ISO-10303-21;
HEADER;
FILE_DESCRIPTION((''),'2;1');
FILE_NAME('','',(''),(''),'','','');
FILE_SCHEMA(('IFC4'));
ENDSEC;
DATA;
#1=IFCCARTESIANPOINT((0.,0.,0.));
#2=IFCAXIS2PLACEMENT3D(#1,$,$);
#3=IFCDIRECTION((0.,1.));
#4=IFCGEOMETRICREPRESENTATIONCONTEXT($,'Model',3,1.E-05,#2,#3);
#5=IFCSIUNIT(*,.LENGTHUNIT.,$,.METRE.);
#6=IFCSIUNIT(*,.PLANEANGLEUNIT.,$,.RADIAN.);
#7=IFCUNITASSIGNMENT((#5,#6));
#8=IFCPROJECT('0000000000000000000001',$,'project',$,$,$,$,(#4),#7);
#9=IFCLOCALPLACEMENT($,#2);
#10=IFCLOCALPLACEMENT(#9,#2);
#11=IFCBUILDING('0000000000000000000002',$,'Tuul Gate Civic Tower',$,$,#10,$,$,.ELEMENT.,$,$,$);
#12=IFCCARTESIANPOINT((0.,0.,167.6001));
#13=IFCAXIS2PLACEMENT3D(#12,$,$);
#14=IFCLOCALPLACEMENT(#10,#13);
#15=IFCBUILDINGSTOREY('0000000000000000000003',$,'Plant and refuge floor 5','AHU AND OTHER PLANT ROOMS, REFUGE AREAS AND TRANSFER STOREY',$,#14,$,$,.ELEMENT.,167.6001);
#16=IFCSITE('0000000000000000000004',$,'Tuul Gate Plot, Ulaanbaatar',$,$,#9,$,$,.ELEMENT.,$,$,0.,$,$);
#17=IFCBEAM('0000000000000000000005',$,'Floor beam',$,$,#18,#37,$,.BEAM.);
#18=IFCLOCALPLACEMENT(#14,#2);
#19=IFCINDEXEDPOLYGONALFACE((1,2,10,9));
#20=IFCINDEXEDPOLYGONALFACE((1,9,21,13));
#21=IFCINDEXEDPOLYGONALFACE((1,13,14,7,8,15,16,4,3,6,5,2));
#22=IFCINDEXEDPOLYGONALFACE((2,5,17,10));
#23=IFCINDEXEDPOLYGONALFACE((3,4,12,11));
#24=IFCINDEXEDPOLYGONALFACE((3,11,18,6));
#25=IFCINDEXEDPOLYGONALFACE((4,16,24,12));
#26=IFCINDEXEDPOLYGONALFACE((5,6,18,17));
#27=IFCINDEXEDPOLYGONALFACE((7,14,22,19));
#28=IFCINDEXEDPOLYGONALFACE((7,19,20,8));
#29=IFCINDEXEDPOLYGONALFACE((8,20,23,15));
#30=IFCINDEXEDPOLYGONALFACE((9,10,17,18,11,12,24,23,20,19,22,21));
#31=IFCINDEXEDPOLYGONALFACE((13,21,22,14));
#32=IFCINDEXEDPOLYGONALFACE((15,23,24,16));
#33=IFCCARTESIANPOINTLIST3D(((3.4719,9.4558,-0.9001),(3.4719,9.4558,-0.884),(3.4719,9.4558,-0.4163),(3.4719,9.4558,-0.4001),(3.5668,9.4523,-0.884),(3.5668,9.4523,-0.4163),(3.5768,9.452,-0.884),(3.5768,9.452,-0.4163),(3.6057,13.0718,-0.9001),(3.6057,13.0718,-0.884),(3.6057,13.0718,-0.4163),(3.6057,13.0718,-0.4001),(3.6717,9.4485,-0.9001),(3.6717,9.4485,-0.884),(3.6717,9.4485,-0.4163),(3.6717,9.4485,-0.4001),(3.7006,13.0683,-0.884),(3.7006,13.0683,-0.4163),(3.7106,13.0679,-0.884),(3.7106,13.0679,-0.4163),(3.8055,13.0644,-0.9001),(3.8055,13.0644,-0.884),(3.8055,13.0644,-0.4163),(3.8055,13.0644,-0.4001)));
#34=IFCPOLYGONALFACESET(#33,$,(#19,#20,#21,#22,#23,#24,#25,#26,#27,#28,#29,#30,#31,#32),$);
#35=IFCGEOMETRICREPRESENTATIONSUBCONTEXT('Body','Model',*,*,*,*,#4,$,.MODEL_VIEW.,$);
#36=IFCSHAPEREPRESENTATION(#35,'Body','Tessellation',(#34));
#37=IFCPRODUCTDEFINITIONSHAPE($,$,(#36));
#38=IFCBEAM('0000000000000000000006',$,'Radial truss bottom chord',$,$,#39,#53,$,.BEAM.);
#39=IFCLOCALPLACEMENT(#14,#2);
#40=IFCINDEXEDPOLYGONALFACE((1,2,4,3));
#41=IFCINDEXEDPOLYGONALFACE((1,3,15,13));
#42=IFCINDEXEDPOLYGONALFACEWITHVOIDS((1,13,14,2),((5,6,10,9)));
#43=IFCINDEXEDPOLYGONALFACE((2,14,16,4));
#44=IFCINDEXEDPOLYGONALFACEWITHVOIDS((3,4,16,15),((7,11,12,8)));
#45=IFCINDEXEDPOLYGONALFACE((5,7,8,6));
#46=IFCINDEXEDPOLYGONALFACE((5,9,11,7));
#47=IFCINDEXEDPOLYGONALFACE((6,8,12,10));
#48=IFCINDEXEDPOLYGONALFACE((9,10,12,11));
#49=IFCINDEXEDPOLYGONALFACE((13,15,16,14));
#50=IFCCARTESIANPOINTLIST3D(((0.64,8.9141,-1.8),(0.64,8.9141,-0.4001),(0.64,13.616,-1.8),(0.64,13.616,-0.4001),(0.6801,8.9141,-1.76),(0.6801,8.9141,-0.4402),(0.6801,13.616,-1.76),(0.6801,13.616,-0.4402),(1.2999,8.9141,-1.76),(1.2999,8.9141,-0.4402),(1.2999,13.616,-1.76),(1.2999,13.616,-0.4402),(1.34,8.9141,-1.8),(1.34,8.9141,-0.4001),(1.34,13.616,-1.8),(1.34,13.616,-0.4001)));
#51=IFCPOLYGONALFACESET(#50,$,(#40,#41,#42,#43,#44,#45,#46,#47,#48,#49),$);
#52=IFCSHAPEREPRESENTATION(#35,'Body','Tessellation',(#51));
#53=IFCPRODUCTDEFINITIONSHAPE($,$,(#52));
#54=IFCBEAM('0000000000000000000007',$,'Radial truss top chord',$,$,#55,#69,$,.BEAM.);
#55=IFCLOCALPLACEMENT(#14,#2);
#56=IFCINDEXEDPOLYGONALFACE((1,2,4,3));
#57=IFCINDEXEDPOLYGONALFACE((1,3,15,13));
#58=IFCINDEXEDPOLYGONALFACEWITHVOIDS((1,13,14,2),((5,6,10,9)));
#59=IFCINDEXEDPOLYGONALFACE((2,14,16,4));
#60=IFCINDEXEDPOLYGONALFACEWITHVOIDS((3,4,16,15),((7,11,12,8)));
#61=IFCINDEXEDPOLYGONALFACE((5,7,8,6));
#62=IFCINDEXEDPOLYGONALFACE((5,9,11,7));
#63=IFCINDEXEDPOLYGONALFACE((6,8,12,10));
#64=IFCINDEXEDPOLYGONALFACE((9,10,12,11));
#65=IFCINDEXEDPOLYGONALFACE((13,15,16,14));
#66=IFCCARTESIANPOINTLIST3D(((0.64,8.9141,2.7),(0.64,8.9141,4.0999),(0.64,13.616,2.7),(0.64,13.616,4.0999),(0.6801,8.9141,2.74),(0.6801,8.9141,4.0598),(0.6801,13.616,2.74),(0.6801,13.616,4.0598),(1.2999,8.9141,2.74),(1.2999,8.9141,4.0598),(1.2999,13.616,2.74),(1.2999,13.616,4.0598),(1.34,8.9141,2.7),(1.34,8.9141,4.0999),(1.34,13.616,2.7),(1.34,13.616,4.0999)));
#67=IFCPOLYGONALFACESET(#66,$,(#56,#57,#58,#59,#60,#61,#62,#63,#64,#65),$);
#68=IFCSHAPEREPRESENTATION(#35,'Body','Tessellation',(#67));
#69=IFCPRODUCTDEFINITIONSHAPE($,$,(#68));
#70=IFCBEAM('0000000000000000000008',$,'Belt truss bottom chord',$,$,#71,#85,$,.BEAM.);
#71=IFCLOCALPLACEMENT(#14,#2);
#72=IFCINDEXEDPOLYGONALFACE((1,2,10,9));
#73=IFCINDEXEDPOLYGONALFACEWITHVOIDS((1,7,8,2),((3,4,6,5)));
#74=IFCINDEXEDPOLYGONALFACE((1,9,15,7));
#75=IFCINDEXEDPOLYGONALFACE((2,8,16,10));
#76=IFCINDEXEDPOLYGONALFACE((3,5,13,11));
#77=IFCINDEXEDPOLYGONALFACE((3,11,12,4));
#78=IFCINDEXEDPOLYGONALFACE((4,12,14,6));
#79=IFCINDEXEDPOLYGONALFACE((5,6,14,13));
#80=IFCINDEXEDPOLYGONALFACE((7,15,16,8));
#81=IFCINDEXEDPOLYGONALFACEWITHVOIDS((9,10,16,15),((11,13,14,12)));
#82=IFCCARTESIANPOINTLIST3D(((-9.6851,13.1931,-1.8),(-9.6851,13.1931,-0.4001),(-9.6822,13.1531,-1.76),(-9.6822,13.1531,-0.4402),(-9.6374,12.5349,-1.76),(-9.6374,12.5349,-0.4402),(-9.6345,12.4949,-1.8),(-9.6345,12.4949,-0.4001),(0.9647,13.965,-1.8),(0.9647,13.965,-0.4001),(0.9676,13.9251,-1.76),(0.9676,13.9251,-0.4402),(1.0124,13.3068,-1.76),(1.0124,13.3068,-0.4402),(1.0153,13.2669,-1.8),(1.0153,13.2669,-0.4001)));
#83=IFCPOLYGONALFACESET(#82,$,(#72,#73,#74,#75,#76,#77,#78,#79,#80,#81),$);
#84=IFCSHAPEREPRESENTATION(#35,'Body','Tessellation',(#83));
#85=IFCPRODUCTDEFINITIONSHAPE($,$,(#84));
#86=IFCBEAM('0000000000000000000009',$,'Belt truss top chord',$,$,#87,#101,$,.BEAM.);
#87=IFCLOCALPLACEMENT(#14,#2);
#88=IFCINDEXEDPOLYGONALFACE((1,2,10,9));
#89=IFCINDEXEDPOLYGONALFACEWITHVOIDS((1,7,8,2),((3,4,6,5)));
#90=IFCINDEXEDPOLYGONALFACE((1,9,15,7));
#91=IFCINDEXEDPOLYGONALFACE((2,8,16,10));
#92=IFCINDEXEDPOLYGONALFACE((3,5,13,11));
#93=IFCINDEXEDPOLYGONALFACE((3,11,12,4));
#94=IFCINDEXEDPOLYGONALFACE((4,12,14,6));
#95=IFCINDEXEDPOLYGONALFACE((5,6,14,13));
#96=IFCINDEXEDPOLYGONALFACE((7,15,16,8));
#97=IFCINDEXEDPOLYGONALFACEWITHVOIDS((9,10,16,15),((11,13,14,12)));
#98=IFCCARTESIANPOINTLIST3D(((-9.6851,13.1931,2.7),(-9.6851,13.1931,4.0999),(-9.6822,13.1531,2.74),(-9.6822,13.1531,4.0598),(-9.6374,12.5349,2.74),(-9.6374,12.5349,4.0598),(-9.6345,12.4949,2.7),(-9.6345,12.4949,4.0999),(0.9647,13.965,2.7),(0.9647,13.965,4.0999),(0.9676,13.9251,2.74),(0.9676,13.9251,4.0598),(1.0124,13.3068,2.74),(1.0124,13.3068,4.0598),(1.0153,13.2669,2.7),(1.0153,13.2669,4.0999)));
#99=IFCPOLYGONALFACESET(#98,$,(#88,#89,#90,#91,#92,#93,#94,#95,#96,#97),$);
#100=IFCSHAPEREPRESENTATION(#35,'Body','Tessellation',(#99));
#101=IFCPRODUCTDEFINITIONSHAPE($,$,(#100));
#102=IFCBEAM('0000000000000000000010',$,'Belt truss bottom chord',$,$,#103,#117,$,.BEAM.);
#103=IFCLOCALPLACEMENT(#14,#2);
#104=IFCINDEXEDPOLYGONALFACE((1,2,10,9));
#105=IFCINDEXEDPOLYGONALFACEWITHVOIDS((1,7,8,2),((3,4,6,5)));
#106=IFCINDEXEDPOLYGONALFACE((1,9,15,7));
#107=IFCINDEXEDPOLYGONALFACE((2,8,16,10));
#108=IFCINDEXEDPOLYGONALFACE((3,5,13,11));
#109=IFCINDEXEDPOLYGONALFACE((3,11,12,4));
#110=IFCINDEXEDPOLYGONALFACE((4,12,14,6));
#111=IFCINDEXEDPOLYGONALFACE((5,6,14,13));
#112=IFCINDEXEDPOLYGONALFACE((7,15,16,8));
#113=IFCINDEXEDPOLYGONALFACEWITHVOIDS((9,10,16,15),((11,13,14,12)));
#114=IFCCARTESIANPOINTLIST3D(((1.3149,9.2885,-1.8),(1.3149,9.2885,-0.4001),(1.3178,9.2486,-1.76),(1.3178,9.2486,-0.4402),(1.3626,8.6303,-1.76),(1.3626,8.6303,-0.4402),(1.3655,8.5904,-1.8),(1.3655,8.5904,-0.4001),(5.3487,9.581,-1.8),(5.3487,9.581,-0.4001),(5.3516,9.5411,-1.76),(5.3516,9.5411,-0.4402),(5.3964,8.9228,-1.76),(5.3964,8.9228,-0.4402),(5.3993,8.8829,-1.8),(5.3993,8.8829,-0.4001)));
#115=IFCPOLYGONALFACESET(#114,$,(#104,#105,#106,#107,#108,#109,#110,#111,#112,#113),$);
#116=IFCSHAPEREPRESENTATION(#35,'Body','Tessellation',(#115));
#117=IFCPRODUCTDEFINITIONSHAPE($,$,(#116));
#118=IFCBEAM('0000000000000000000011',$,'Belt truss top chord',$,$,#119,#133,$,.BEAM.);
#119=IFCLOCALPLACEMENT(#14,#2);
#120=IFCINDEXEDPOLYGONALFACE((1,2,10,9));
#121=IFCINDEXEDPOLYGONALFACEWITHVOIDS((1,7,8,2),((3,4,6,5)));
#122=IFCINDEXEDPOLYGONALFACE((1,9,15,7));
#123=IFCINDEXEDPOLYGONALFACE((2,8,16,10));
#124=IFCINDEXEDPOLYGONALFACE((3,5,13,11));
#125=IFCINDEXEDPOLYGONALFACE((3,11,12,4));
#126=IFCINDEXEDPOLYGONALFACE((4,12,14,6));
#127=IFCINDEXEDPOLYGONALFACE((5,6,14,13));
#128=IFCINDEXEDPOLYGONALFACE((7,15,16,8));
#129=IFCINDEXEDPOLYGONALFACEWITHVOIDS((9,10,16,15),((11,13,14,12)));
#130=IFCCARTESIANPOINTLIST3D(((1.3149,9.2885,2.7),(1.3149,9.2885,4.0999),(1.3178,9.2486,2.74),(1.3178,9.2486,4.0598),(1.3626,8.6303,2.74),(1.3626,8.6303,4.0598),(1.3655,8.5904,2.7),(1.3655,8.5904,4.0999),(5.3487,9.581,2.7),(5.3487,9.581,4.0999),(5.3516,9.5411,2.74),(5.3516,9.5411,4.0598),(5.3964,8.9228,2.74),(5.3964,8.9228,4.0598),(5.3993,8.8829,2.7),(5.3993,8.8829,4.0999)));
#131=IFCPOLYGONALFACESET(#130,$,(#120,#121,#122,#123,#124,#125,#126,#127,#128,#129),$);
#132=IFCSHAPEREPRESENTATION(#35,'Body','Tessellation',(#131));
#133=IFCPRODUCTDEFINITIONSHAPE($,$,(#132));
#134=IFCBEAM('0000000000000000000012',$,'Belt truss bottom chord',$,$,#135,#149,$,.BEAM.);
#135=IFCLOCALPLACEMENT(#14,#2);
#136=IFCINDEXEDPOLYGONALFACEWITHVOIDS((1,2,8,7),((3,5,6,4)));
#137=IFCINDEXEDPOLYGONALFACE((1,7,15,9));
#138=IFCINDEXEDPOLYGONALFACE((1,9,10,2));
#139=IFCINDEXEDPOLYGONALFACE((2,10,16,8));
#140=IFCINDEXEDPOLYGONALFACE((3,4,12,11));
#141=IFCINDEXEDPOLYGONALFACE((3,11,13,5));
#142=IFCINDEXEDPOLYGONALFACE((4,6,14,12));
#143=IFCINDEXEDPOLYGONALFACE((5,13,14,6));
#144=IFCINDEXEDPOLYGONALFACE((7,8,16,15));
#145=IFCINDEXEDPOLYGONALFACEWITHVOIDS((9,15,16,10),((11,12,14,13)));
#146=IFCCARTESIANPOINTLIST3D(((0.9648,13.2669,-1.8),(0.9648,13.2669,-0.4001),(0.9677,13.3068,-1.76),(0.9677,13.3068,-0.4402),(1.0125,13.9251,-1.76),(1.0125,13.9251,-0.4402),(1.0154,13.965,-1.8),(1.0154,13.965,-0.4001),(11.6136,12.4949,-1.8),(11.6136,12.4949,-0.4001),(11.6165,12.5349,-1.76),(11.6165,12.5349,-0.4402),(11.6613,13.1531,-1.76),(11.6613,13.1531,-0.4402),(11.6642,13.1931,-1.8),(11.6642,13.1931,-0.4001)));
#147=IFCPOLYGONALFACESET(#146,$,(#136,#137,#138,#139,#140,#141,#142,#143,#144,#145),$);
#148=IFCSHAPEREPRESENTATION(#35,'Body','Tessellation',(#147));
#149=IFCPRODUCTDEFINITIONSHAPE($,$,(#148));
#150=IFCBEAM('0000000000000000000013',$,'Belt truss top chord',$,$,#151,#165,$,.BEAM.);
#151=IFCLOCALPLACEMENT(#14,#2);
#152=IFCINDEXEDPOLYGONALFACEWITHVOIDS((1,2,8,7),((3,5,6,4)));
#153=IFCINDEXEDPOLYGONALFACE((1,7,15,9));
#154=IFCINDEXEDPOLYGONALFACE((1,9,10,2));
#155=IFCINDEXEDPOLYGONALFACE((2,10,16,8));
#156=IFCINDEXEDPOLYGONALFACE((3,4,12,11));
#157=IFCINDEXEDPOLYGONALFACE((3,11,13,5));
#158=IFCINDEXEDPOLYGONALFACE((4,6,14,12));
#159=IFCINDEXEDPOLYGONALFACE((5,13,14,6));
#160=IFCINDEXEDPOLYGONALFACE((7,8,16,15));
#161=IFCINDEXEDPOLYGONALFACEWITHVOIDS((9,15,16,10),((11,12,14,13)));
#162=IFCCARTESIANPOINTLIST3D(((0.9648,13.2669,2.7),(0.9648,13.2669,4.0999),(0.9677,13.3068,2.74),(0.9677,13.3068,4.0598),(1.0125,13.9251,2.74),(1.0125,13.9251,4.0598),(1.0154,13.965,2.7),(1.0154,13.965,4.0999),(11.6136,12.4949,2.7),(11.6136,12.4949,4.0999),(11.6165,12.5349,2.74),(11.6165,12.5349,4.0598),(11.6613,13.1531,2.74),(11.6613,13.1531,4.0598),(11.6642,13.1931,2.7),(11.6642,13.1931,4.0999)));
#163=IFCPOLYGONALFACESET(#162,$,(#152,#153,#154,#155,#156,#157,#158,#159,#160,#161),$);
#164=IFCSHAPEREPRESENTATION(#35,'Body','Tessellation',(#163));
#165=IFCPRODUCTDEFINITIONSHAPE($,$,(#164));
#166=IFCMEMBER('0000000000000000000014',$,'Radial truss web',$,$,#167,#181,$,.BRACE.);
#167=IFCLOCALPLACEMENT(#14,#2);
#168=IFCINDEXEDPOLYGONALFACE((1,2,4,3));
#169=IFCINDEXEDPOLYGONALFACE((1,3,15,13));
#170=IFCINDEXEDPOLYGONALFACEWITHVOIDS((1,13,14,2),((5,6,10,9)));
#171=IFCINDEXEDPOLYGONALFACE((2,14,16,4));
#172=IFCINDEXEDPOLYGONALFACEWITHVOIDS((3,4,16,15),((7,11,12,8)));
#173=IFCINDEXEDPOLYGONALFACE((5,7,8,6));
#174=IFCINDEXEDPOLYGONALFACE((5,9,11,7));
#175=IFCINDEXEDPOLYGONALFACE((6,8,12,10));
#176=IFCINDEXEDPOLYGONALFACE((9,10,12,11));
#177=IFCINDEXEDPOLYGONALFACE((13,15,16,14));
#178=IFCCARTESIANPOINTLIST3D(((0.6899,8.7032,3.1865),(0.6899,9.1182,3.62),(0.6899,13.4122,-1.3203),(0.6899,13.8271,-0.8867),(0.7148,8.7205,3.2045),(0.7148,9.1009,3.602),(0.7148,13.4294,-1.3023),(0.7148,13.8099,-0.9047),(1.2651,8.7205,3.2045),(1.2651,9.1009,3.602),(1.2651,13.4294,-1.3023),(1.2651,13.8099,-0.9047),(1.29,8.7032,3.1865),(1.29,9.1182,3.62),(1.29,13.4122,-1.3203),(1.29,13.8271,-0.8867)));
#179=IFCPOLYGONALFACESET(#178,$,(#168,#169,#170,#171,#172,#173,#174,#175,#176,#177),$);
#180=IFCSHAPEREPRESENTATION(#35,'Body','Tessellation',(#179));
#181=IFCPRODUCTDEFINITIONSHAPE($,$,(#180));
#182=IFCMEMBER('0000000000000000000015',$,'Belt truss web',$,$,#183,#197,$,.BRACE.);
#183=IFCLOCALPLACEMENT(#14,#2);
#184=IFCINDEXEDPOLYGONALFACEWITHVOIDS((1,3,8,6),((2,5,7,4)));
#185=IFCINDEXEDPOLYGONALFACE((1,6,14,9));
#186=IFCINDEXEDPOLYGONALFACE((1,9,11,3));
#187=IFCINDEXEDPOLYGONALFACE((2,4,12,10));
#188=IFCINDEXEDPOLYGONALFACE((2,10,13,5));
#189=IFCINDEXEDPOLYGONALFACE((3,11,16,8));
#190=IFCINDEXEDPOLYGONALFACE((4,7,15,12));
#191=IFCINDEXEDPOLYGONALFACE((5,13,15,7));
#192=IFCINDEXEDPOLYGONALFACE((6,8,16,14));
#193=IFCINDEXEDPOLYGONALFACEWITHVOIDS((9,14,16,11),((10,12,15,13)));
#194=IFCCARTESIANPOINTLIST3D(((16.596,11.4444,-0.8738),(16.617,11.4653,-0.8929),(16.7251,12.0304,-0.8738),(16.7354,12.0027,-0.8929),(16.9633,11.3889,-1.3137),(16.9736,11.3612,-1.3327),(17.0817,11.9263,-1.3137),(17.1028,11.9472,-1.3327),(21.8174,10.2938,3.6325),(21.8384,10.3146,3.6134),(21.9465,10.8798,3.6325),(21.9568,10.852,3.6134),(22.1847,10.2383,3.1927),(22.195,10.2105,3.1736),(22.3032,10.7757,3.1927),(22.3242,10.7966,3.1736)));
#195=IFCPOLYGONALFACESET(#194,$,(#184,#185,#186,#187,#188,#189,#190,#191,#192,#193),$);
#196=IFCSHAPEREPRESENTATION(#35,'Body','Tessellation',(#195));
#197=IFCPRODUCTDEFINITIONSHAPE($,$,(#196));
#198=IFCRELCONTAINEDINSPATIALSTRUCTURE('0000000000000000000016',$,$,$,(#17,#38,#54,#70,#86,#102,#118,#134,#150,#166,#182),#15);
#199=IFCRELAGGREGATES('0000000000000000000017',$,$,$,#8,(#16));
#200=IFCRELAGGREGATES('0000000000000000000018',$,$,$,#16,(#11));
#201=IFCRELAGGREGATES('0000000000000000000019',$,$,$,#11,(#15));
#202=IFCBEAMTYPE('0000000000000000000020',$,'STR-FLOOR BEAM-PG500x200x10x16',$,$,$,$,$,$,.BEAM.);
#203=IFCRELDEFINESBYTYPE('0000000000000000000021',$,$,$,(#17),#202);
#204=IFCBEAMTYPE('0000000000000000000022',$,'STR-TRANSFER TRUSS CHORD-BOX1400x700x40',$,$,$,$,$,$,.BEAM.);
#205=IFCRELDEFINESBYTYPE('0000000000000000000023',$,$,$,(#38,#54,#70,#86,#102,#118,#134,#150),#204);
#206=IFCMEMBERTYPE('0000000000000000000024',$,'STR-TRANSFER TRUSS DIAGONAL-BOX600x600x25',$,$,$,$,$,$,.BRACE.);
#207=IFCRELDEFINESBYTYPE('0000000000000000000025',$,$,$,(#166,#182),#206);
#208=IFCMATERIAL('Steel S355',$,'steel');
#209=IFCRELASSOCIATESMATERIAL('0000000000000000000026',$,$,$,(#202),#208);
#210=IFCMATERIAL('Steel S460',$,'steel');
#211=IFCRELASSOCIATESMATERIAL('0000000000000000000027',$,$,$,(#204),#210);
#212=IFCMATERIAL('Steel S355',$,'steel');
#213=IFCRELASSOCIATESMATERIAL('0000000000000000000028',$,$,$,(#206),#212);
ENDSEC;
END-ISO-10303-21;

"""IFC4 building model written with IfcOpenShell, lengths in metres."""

from ifc_helpers import new_model, si_unit, direction, frame, origin, origin_2d, place, context, subcontext, project, spatial, hollow_rectangle, i_section, extrude, material, material_profile, profile_set, type_object, element, save


model = new_model("IFC4")

# Units and contexts
model_context = context("Model", 3, precision=1e-05, world=origin(), true_north=direction((0.0, 1.0)))
body_context = subcontext(model_context, "Body", "Model", "MODEL_VIEW")
ifc_project = project(units=[si_unit("LENGTHUNIT", "METRE"), si_unit("PLANEANGLEUNIT", "RADIAN")], contexts=[model_context])

# Site, building, storey
site_placement = place(None, origin())
site = spatial("IfcSite", under=ifc_project, at=site_placement, Name="Tuul Gate Plot, Ulaanbaatar", CompositionType="ELEMENT", RefElevation=0.0)
building_placement = place(site_placement, origin())
building = spatial("IfcBuilding", under=site, at=building_placement, Name="Tuul Gate Civic Tower", CompositionType="ELEMENT")
storey_placement = place(building_placement, frame((0.0, 0.0, 167.6001)))
storey = spatial("IfcBuildingStorey", under=building, at=storey_placement, Name="Plant and refuge floor 5", Description="AHU AND OTHER PLANT ROOMS, REFUGE AREAS AND TRANSFER STOREY", CompositionType="ELEMENT", Elevation=167.6001)

# Beams
ifc_material_1 = material(Name="Steel S355", Category="steel")
ifc_material_profile_1 = material_profile(ifc_material_1, i_section(OverallWidth=0.2, OverallDepth=0.5, WebThickness=0.01, FlangeThickness=0.0161, at=origin_2d()), Name="PG500x200x10x16")
ifc_profile_set_1 = profile_set([ifc_material_profile_1], Name="Steel S355")
beam_type_1 = type_object("IfcBeamType", Name="STR-FLOOR BEAM-PG500x200x10x16", PredefinedType="BEAM", material=ifc_profile_set_1)
beam_placement = place(storey_placement, frame((3.5718, 9.4521, -0.6501), z_axis=(0.036974, 0.999316, 0.0), x_axis=(-0.999316, 0.036974, 0.0)))
element("IfcBeam", 1, at=beam_placement, inside=storey, type_object=beam_type_1, Name="Floor beam", PredefinedType="BEAM", context=body_context, shape_type="SweptSolid", body=[
    extrude(i_section(OverallWidth=0.2, OverallDepth=0.5, WebThickness=0.01, FlangeThickness=0.0161, at=origin_2d()), origin(), (0.0, 0.0, 1.0), 3.6184),
])
ifc_material_2 = material(Name="Steel S460", Category="steel")
ifc_material_profile_2 = material_profile(ifc_material_2, hollow_rectangle(XDim=0.7, YDim=1.3999, WallThickness=0.04, at=origin_2d()), Name="BOX1400x700x40")
ifc_profile_set_2 = profile_set([ifc_material_profile_2], Name="Steel S460")
beam_type_2 = type_object("IfcBeamType", Name="STR-TRANSFER TRUSS CHORD-BOX1400x700x40", PredefinedType="BEAM", material=ifc_profile_set_2)
for number, where, z_axis, x_axis, name in (
    (2, (0.99, 13.616, -1.1001), (0.0, -1.0, 0.0), (1.0, 0.0, 0.0), "Radial truss bottom chord"),
    (3, (0.99, 13.616, 3.3999), (0.0, -1.0, 0.0), (1.0, 0.0, 0.0), "Radial truss top chord"),
):
    element("IfcBeam", number, at=place(storey_placement, frame(where, z_axis=z_axis, x_axis=x_axis)), inside=storey, type_object=beam_type_2, Name=name, PredefinedType="BEAM", context=body_context, shape_type="SweptSolid", body=[
        extrude(hollow_rectangle(XDim=0.7, YDim=1.3999, WallThickness=0.04, at=origin_2d()), origin(), (0.0, 0.0, 1.0), 4.7019),
    ])
for number, where, z_axis, x_axis, name in (
    (4, (0.99, 13.616, -1.1001), (-0.997383, -0.072297, 0.0), (0.072297, -0.997383, 0.0), "Belt truss bottom chord"),
    (5, (0.99, 13.616, 3.3999), (-0.997383, -0.072297, 0.0), (0.072297, -0.997383, 0.0), "Belt truss top chord"),
):
    element("IfcBeam", number, at=place(storey_placement, frame(where, z_axis=z_axis, x_axis=x_axis)), inside=storey, type_object=beam_type_2, Name=name, PredefinedType="BEAM", context=body_context, shape_type="SweptSolid", body=[
        extrude(hollow_rectangle(XDim=0.7, YDim=1.3999, WallThickness=0.04, at=origin_2d()), origin(), (0.0, 0.0, 1.0), 10.6777),
    ])
for number, where, z_axis, x_axis, name in (
    (6, (5.374, 9.2319, -1.1001), (-0.997382, -0.072315, 0.0), (0.072315, -0.997382, 0.0), "Belt truss bottom chord"),
    (7, (5.374, 9.2319, 3.3999), (-0.997382, -0.072315, 0.0), (0.072315, -0.997382, 0.0), "Belt truss top chord"),
):
    element("IfcBeam", number, at=place(storey_placement, frame(where, z_axis=z_axis, x_axis=x_axis)), inside=storey, type_object=beam_type_2, Name=name, PredefinedType="BEAM", context=body_context, shape_type="SweptSolid", body=[
        extrude(hollow_rectangle(XDim=0.7, YDim=1.3999, WallThickness=0.04, at=origin_2d()), origin(), (0.0, 0.0, 1.0), 4.0444),
    ])
for number, where, z_axis, x_axis, name in (
    (8, (11.6389, 12.844, -1.1001), (-0.997383, 0.072303, 0.0), (-0.072303, -0.997383, 0.0), "Belt truss bottom chord"),
    (9, (11.6389, 12.844, 3.3999), (-0.997383, 0.072303, 0.0), (-0.072303, -0.997383, 0.0), "Belt truss top chord"),
):
    element("IfcBeam", number, at=place(storey_placement, frame(where, z_axis=z_axis, x_axis=x_axis)), inside=storey, type_object=beam_type_2, Name=name, PredefinedType="BEAM", context=body_context, shape_type="SweptSolid", body=[
        extrude(hollow_rectangle(XDim=0.7, YDim=1.3999, WallThickness=0.04, at=origin_2d()), origin(), (0.0, 0.0, 1.0), 10.6768),
    ])

# Members
ifc_material_3 = material(Name="Steel S355", Category="steel")
ifc_material_profile_3 = material_profile(ifc_material_3, hollow_rectangle(XDim=0.6001, YDim=0.6001, WallThickness=0.0249, at=origin_2d()), Name="BOX600x600x25")
ifc_profile_set_3 = profile_set([ifc_material_profile_3], Name="Steel S355")
member_type_1 = type_object("IfcMemberType", Name="STR-TRANSFER TRUSS DIAGONAL-BOX600x600x25", PredefinedType="BRACE", material=ifc_profile_set_3)
member_1_placement = place(storey_placement, frame((0.99, 13.6196, -1.1035), z_axis=(0.0, -0.722443, 0.69143), x_axis=(1.0, 0.0, 0.0)))
element("IfcMember", 10, at=member_1_placement, inside=storey, type_object=member_type_1, Name="Radial truss web", PredefinedType="BRACE", context=body_context, shape_type="SweptSolid", body=[
    extrude(hollow_rectangle(XDim=0.6001, YDim=0.6001, WallThickness=0.0249, at=origin_2d()), origin(), (0.0, 0.0, 1.0), 6.5181),
])
for number, where, z_axis, x_axis, name in (
    (11, (16.8494, 11.6958, -1.1033), (0.746724, -0.164554, 0.644458), (0.215204, 0.976569, 0.0), "Belt truss web"),
):
    element("IfcMember", number, at=place(storey_placement, frame(where, z_axis=z_axis, x_axis=x_axis)), inside=storey, type_object=member_type_1, Name=name, PredefinedType="BRACE", context=body_context, shape_type="SweptSolid", body=[
        extrude(hollow_rectangle(XDim=0.6001, YDim=0.6001, WallThickness=0.0249, at=origin_2d()), origin(), (0.0, 0.0, 1.0), 6.9924),
    ])

save(model, "model.ifc")
